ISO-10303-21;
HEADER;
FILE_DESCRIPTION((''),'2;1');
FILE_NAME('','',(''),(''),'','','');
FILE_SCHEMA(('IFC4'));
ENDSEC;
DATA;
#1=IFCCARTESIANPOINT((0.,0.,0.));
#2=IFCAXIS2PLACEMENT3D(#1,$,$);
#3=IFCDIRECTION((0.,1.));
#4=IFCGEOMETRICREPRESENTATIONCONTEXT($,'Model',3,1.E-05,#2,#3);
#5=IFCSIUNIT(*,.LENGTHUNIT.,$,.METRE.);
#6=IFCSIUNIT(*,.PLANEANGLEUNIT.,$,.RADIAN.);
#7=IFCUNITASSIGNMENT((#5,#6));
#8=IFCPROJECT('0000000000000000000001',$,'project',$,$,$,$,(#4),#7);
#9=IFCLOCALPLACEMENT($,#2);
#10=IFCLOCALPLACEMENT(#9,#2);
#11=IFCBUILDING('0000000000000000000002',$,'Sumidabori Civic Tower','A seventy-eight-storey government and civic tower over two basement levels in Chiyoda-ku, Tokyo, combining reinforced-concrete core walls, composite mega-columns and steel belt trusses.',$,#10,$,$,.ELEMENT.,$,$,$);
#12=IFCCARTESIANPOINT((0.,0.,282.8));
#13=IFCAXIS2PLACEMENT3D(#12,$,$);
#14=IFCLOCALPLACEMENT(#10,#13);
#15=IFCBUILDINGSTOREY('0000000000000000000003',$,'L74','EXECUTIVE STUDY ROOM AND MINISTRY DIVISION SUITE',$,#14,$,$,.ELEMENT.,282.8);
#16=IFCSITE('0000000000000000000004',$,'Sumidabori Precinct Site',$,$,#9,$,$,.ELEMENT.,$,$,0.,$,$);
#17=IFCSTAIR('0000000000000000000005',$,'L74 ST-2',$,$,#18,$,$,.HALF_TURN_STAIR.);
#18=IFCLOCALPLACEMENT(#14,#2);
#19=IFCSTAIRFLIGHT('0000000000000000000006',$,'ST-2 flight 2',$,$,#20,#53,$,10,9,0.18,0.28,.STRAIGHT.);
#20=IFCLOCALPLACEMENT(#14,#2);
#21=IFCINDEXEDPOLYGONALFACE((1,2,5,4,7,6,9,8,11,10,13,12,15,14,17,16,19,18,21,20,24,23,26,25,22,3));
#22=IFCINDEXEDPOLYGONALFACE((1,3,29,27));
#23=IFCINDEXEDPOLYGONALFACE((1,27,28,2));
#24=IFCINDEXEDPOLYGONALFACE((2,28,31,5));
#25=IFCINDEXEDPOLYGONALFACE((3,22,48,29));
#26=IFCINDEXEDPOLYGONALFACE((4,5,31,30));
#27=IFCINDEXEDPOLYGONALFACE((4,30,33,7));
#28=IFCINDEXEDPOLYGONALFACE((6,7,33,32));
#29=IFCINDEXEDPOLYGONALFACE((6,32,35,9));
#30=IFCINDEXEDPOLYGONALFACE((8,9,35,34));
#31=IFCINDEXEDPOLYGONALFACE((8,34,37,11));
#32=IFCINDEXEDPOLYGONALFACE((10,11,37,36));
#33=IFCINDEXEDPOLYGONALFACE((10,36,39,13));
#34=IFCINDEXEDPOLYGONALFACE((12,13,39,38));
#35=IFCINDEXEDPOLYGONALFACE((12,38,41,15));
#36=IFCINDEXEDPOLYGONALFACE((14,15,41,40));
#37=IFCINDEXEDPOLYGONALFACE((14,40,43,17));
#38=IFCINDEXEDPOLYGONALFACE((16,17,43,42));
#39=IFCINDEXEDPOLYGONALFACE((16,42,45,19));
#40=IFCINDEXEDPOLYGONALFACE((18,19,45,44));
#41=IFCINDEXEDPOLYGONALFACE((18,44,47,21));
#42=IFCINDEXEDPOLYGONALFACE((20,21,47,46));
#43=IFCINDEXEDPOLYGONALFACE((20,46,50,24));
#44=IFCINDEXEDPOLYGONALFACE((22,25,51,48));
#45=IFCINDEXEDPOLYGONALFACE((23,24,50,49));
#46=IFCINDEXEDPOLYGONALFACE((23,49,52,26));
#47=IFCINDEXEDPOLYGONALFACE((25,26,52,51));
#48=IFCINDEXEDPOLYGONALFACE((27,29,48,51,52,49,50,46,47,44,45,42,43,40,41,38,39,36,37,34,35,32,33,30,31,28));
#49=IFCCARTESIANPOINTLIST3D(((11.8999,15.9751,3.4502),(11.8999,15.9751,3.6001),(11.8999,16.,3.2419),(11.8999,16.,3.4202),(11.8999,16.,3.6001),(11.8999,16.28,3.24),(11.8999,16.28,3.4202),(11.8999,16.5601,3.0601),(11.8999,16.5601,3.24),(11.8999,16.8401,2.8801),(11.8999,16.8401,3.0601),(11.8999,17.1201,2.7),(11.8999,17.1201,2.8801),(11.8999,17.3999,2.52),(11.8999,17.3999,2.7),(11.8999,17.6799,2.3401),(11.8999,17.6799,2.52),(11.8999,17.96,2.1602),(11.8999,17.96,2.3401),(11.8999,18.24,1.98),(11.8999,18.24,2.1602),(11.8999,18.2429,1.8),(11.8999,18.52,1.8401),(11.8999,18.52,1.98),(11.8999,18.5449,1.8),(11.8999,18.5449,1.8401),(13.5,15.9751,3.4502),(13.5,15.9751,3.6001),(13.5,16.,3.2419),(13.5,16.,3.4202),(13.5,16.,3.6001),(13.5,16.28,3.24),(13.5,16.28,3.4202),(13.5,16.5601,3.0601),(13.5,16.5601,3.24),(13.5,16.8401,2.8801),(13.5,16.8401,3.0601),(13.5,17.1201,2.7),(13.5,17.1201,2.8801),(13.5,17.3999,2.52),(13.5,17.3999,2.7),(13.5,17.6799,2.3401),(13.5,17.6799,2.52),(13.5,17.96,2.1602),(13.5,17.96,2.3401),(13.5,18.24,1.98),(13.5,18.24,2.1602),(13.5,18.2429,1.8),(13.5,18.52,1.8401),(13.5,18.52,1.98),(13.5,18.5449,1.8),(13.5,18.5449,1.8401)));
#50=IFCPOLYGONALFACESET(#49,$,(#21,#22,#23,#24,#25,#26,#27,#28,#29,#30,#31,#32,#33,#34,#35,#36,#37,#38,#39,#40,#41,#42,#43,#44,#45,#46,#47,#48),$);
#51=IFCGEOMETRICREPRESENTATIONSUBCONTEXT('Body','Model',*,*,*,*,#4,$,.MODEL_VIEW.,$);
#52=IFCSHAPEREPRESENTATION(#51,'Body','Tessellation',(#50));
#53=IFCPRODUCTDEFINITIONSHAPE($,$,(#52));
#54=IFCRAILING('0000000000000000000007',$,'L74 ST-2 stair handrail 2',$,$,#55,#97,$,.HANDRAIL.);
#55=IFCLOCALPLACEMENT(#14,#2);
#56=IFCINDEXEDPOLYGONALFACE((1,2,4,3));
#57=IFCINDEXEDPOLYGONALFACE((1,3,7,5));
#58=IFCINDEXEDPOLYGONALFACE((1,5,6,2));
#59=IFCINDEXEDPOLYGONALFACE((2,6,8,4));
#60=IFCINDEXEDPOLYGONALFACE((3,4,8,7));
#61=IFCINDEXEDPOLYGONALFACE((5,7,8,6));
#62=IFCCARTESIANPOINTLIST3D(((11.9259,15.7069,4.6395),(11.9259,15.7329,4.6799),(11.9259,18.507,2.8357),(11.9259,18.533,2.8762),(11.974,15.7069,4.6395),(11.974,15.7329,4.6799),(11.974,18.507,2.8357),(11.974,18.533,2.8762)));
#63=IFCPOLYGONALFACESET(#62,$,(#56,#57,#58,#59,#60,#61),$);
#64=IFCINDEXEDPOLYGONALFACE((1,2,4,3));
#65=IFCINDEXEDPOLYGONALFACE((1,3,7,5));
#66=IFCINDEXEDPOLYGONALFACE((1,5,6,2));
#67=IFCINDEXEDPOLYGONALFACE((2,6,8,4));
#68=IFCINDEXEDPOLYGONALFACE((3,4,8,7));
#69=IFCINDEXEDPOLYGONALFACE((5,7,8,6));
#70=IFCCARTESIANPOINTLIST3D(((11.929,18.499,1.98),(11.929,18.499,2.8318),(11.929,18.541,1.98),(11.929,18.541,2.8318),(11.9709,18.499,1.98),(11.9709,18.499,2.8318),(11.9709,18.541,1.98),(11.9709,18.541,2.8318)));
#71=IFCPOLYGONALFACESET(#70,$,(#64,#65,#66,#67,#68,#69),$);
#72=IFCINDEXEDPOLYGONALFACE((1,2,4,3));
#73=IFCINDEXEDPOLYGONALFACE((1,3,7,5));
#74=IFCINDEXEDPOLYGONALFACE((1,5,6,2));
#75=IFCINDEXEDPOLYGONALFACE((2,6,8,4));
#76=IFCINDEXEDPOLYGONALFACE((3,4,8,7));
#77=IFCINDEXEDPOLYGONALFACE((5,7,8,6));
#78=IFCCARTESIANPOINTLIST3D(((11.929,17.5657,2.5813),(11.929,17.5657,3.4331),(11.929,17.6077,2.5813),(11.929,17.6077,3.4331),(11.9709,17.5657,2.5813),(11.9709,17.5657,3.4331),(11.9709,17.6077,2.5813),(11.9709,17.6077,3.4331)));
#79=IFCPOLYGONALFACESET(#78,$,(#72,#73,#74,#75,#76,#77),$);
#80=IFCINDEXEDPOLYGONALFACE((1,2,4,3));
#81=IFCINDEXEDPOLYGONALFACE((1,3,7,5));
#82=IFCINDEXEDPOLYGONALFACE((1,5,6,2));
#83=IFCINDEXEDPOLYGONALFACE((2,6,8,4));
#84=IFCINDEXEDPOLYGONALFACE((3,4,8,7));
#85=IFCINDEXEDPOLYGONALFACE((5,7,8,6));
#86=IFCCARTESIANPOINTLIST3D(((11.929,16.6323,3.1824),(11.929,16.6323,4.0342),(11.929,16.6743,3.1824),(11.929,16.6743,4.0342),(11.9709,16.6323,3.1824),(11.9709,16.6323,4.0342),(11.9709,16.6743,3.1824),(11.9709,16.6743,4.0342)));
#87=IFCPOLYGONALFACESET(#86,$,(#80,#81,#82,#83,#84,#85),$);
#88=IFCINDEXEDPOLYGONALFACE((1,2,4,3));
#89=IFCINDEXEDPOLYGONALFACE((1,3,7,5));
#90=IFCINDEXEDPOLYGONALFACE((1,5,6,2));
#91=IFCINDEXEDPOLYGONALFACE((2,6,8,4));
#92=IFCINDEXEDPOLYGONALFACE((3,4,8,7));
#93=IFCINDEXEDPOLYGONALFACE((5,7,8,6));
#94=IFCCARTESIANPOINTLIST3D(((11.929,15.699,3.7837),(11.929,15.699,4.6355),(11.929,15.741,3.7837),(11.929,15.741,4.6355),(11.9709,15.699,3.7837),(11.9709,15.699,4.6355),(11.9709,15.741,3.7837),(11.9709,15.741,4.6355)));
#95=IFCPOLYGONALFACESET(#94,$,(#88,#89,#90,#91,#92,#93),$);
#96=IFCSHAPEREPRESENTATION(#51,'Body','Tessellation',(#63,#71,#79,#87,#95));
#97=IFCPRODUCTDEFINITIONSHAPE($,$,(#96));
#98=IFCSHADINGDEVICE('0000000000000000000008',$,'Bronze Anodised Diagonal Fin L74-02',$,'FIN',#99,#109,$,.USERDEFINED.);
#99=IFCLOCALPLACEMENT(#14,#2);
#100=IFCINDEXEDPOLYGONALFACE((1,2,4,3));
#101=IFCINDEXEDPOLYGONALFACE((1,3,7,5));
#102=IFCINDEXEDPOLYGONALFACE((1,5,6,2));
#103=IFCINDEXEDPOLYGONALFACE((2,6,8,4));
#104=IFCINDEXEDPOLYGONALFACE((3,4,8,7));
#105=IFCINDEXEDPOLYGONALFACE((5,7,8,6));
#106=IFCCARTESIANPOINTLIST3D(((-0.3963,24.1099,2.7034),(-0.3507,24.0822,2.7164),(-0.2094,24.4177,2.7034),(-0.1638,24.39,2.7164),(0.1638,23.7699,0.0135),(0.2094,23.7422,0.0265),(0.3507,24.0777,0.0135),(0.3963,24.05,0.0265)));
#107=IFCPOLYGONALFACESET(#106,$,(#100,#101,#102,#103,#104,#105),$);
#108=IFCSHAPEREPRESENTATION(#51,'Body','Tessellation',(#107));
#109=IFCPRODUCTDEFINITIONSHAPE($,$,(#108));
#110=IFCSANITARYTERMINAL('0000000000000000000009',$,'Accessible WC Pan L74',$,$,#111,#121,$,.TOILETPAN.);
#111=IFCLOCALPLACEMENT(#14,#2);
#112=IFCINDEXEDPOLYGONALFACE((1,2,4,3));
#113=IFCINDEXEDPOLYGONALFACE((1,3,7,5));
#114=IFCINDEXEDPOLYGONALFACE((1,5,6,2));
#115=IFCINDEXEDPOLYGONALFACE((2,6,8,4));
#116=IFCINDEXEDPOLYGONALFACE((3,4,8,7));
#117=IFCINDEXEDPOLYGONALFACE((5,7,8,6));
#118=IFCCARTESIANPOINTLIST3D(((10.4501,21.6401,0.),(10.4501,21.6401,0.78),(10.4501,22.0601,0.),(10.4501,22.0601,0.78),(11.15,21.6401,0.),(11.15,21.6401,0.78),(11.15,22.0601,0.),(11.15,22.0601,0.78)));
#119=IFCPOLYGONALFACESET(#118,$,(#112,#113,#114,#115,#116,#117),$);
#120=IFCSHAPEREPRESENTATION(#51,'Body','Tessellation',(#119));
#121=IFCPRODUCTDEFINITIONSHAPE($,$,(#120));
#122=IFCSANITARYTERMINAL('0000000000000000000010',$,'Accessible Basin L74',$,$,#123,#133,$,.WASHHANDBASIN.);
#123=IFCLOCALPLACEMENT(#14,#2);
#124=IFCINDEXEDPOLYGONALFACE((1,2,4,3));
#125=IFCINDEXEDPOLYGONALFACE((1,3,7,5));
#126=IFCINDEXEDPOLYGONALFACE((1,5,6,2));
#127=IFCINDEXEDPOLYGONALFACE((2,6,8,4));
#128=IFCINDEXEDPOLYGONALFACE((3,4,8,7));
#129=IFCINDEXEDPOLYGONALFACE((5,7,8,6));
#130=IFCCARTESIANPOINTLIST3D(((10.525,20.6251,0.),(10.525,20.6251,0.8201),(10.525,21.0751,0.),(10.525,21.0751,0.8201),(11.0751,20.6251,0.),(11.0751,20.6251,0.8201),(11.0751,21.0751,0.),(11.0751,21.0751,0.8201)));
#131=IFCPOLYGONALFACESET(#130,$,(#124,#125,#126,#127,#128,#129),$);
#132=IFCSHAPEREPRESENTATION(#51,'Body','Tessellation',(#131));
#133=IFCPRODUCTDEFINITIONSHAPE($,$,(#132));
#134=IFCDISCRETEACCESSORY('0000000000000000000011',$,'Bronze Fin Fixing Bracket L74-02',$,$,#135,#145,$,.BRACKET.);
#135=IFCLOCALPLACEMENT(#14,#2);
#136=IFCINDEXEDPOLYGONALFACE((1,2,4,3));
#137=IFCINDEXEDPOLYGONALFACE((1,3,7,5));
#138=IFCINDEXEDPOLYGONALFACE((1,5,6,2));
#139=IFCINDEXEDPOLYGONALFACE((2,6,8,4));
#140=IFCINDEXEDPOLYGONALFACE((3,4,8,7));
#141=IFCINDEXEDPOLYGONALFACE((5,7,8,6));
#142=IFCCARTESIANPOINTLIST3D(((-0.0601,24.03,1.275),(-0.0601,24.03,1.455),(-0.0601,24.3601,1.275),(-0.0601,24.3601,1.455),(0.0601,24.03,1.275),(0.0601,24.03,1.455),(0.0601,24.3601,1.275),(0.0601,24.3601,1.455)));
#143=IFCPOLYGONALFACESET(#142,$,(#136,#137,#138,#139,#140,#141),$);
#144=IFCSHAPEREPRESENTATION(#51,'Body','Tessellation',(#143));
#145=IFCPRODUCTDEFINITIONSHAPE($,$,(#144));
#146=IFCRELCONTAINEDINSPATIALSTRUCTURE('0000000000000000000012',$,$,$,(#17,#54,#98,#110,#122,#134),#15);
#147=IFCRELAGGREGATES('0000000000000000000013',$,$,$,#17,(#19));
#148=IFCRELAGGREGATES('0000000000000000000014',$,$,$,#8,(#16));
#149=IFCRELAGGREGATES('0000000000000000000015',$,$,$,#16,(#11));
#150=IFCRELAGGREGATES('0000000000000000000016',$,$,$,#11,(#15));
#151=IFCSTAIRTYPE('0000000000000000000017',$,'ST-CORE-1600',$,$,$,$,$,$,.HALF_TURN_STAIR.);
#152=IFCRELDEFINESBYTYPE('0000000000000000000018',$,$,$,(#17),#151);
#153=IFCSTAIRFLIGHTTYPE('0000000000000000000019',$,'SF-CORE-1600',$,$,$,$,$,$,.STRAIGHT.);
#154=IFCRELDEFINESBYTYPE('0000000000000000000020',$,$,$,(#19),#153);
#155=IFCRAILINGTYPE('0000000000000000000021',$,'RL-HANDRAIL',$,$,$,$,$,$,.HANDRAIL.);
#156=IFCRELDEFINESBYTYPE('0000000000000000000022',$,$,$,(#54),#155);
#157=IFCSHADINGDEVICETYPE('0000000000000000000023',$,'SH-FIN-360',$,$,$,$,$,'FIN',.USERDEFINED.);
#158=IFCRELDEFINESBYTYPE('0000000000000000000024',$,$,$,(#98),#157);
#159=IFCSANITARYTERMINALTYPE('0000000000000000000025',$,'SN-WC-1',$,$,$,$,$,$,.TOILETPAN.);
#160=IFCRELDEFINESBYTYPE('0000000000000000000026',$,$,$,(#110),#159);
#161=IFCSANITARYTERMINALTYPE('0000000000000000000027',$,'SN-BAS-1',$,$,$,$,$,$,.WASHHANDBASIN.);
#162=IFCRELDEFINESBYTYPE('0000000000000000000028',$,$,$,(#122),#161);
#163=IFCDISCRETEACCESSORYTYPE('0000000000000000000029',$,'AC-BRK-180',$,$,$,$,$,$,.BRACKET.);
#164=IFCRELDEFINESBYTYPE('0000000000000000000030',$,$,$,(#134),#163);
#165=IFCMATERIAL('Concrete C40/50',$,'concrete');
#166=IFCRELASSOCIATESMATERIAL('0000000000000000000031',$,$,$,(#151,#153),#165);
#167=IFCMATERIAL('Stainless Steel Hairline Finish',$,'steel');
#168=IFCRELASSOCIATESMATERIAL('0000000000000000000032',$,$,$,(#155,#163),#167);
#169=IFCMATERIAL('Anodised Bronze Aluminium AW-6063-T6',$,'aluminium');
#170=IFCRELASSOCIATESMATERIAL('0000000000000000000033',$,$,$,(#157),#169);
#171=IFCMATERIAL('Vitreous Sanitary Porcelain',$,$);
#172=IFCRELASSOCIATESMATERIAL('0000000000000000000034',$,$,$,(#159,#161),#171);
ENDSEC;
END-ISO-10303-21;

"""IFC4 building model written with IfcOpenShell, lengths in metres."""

from ifc_helpers import new_model, si_unit, direction, frame, origin, origin_2d, place, context, subcontext, project, spatial, polyline, rectangle, outline, extrude, source, transform, mapped, material, material_profile, profile_set, type_object, element, aggregate, save


model = new_model("IFC4")

# Units and contexts
model_context = context("Model", 3, precision=1e-05, world=origin(), true_north=direction((0.0, 1.0)))
body_context = subcontext(model_context, "Body", "Model", "MODEL_VIEW")
ifc_project = project(units=[si_unit("LENGTHUNIT", "METRE"), si_unit("PLANEANGLEUNIT", "RADIAN")], contexts=[model_context])

# Site, building, storey
site_placement = place(None, origin())
site = spatial("IfcSite", under=ifc_project, at=site_placement, Name="Sumidabori Precinct Site", CompositionType="ELEMENT", RefElevation=0.0)
building_placement = place(site_placement, origin())
building = spatial("IfcBuilding", under=site, at=building_placement, Name="Sumidabori Civic Tower", Description="A seventy-eight-storey government and civic tower over two basement levels in Chiyoda-ku, Tokyo, combining reinforced-concrete core walls, composite mega-columns and steel belt trusses.", CompositionType="ELEMENT")
storey_placement = place(building_placement, frame((0.0, 0.0, 282.8)))
storey = spatial("IfcBuildingStorey", under=building, at=storey_placement, Name="L74", Description="EXECUTIVE STUDY ROOM AND MINISTRY DIVISION SUITE", CompositionType="ELEMENT", Elevation=282.8)

# Shared definitions
ifc_material_1 = material(Name="Anodised Bronze Aluminium AW-6063-T6", Category="aluminium")

# Shared definitions
ifc_material_2 = material(Name="Stainless Steel Hairline Finish", Category="steel")

# Stair, stair flight
ifc_material_3 = material(Name="Concrete C40/50", Category="concrete")
stair_type = type_object("IfcStairType", Name="ST-CORE-1600", PredefinedType="HALF_TURN_STAIR", material=ifc_material_3)
stair_placement = place(storey_placement, origin())
stair = element("IfcStair", 1, at=stair_placement, inside=storey, type_object=stair_type, Name="L74 ST-2", PredefinedType="HALF_TURN_STAIR")
stair_flight_type = type_object("IfcStairFlightType", Name="SF-CORE-1600", PredefinedType="STRAIGHT", material=ifc_material_3)
shared_shape_1 = source(origin(), body_context, "Body", "SweptSolid", [
    extrude(outline(polyline([(-0.0249, 0.0), (-0.0249, 0.04), (0.0, 0.04), (0.0, 0.1799), (0.28, 0.1799), (0.28, 0.3601), (0.5601, 0.3601), (0.5601, 0.54), (0.8401, 0.54), (0.8401, 0.72), (1.1201, 0.72), (1.1201, 0.8999), (1.3999, 0.8999), (1.3999, 1.0801), (1.6799, 1.0801), (1.6799, 1.26), (1.96, 1.26), (1.96, 1.4399), (2.24, 1.4399), (2.24, 1.6201), (2.52, 1.6201), (2.52, 1.8), (2.5449, 1.8), (2.5449, 1.6501), (2.52, 1.4419), (0.2771, 0.0), (-0.0249, 0.0)])), frame((0.0, 0.8, 0.0), z_axis=(0.0, -1.0, 0.0), x_axis=(1.0, 0.0, 0.0)), (0.0, 0.0, 1.0), 1.6001),
])
stair_flight_placement = place(storey_placement, frame((12.7, 18.52, 1.8), z_axis=(0.0, 0.0, 1.0), x_axis=(0.0, -1.0, 0.0)))
stair_flight = element("IfcStairFlight", 2, at=stair_flight_placement, type_object=stair_flight_type, Name="ST-2 flight 2", NumberOfRisers=10, NumberOfTreads=9, PredefinedType="STRAIGHT", RiserHeight=0.18, TreadLength=0.28, context=body_context, shape_type="MappedRepresentation", body=[
    mapped(shared_shape_1, transform((0.0, 0.0, 0.0), x_axis=(1.0, 0.0, 0.0), y_axis=(0.0, 1.0, 0.0), z_axis=(0.0, 0.0, 1.0), scale=1.0)),
])
aggregate(stair, [stair_flight])

# Railing
railing_type = type_object("IfcRailingType", Name="RL-HANDRAIL", PredefinedType="HANDRAIL", material=ifc_material_2)
railing_placement = place(storey_placement, frame((11.95, 18.52, 1.98)))
element("IfcRailing", 3, at=railing_placement, inside=storey, type_object=railing_type, Name="L74 ST-2 stair handrail 2", PredefinedType="HANDRAIL", context=body_context, shape_type="SweptSolid", body=[
    extrude(rectangle(XDim=0.0481, YDim=0.0481, at=origin_2d()), frame((0.0, 0.0, 0.876), z_axis=(0.0, -0.840676, 0.541539), x_axis=(1.0, 0.0, 0.0)), (0.0, 0.0, 1.0), 3.3308),
    extrude(rectangle(XDim=0.042, YDim=0.042, at=origin_2d()), origin(), (0.0, 0.0, 1.0), 0.8518),
    extrude(rectangle(XDim=0.042, YDim=0.042, at=origin_2d()), frame((0.0, -0.9333, 0.6013)), (0.0, 0.0, 1.0), 0.8518),
    extrude(rectangle(XDim=0.042, YDim=0.042, at=origin_2d()), frame((0.0, -1.8667, 1.2024)), (0.0, 0.0, 1.0), 0.8518),
    extrude(rectangle(XDim=0.042, YDim=0.042, at=origin_2d()), frame((0.0, -2.8, 1.8037)), (0.0, 0.0, 1.0), 0.8518),
])

# Shading device
ifc_material_profile_1 = material_profile(ifc_material_1, rectangle(XDim=0.0549, YDim=0.3601, at=origin_2d()), Name="BRONZE FIN 360x55")
ifc_profile_set_1 = profile_set([ifc_material_profile_1], Name="Anodised Bronze Aluminium AW-6063-T6")
shading_device_type = type_object("IfcShadingDeviceType", Name="SH-FIN-360", ElementType="FIN", PredefinedType="USERDEFINED", material=ifc_profile_set_1)
shared_shape_2 = source(origin(), body_context, "Body", "SweptSolid", [
    extrude(rectangle(XDim=0.0549, YDim=0.3601, at=origin_2d()), origin(), (0.0, 0.0, 1.0), 2.7686),
])
shading_device_placement = place(storey_placement, frame((0.28, 23.9099, 0.02), z_axis=(-0.20229, 0.122838, 0.971591), x_axis=(0.83047, -0.504291, 0.236665)))
element("IfcShadingDevice", 4, at=shading_device_placement, inside=storey, type_object=shading_device_type, Name="Bronze Anodised Diagonal Fin L74-02", ObjectType="FIN", PredefinedType="USERDEFINED", context=body_context, shape_type="MappedRepresentation", body=[
    mapped(shared_shape_2, transform((0.0, 0.0, 0.0), x_axis=(1.0, 0.0, 0.0), y_axis=(0.0, 1.0, 0.0), z_axis=(0.0, 0.0, 1.0), scale=1.0)),
])

# Sanitary terminals
ifc_material_4 = material(Name="Vitreous Sanitary Porcelain")
sanitary_terminal_type_1 = type_object("IfcSanitaryTerminalType", Name="SN-WC-1", PredefinedType="TOILETPAN", material=ifc_material_4)
shared_shape_3 = source(origin(), body_context, "Body", "SweptSolid", [
    extrude(rectangle(XDim=0.7, YDim=0.4199, at=origin_2d()), origin(), (0.0, 0.0, 1.0), 0.78),
])
sanitary_terminal_1_placement = place(storey_placement, frame((10.8, 21.8501, 0.0), z_axis=(0.0, 0.0, 1.0), x_axis=(1.0, 0.0, 0.0)))
element("IfcSanitaryTerminal", 5, at=sanitary_terminal_1_placement, inside=storey, type_object=sanitary_terminal_type_1, Name="Accessible WC Pan L74", PredefinedType="TOILETPAN", context=body_context, shape_type="MappedRepresentation", body=[
    mapped(shared_shape_3, transform((0.0, 0.0, 0.0), x_axis=(1.0, 0.0, 0.0), y_axis=(0.0, 1.0, 0.0), z_axis=(0.0, 0.0, 1.0), scale=1.0)),
])
sanitary_terminal_type_2 = type_object("IfcSanitaryTerminalType", Name="SN-BAS-1", PredefinedType="WASHHANDBASIN", material=ifc_material_4)
shared_shape_4 = source(origin(), body_context, "Body", "SweptSolid", [
    extrude(rectangle(XDim=0.55, YDim=0.45, at=origin_2d()), origin(), (0.0, 0.0, 1.0), 0.8201),
])
sanitary_terminal_2_placement = place(storey_placement, frame((10.8, 20.8501, 0.0), z_axis=(0.0, 0.0, 1.0), x_axis=(1.0, 0.0, 0.0)))
element("IfcSanitaryTerminal", 6, at=sanitary_terminal_2_placement, inside=storey, type_object=sanitary_terminal_type_2, Name="Accessible Basin L74", PredefinedType="WASHHANDBASIN", context=body_context, shape_type="MappedRepresentation", body=[
    mapped(shared_shape_4, transform((0.0, 0.0, 0.0), x_axis=(1.0, 0.0, 0.0), y_axis=(0.0, 1.0, 0.0), z_axis=(0.0, 0.0, 1.0), scale=1.0)),
])

# Discrete accessory
ifc_material_profile_2 = material_profile(ifc_material_2, rectangle(XDim=0.1201, YDim=0.1799, at=origin_2d()), Name="STEEL BRACKET 180x120")
ifc_profile_set_2 = profile_set([ifc_material_profile_2], Name="Stainless Steel Hairline Finish")
discrete_accessory_type = type_object("IfcDiscreteAccessoryType", Name="AC-BRK-180", PredefinedType="BRACKET", material=ifc_profile_set_2)
shared_shape_5 = source(origin(), body_context, "Body", "SweptSolid", [
    extrude(rectangle(XDim=0.1201, YDim=0.1799, at=origin_2d()), origin(), (0.0, 0.0, 1.0), 0.3301),
])
discrete_accessory_placement = place(storey_placement, frame((0.0, 24.03, 1.365), z_axis=(0.0, 1.0, 0.0), x_axis=(-1.0, 0.0, 0.0)))
element("IfcDiscreteAccessory", 7, at=discrete_accessory_placement, inside=storey, type_object=discrete_accessory_type, Name="Bronze Fin Fixing Bracket L74-02", PredefinedType="BRACKET", context=body_context, shape_type="MappedRepresentation", body=[
    mapped(shared_shape_5, transform((0.0, 0.0, 0.0), x_axis=(1.0, 0.0, 0.0), y_axis=(0.0, 1.0, 0.0), z_axis=(0.0, 0.0, 1.0), scale=1.0)),
])

save(model, "model.ifc")
